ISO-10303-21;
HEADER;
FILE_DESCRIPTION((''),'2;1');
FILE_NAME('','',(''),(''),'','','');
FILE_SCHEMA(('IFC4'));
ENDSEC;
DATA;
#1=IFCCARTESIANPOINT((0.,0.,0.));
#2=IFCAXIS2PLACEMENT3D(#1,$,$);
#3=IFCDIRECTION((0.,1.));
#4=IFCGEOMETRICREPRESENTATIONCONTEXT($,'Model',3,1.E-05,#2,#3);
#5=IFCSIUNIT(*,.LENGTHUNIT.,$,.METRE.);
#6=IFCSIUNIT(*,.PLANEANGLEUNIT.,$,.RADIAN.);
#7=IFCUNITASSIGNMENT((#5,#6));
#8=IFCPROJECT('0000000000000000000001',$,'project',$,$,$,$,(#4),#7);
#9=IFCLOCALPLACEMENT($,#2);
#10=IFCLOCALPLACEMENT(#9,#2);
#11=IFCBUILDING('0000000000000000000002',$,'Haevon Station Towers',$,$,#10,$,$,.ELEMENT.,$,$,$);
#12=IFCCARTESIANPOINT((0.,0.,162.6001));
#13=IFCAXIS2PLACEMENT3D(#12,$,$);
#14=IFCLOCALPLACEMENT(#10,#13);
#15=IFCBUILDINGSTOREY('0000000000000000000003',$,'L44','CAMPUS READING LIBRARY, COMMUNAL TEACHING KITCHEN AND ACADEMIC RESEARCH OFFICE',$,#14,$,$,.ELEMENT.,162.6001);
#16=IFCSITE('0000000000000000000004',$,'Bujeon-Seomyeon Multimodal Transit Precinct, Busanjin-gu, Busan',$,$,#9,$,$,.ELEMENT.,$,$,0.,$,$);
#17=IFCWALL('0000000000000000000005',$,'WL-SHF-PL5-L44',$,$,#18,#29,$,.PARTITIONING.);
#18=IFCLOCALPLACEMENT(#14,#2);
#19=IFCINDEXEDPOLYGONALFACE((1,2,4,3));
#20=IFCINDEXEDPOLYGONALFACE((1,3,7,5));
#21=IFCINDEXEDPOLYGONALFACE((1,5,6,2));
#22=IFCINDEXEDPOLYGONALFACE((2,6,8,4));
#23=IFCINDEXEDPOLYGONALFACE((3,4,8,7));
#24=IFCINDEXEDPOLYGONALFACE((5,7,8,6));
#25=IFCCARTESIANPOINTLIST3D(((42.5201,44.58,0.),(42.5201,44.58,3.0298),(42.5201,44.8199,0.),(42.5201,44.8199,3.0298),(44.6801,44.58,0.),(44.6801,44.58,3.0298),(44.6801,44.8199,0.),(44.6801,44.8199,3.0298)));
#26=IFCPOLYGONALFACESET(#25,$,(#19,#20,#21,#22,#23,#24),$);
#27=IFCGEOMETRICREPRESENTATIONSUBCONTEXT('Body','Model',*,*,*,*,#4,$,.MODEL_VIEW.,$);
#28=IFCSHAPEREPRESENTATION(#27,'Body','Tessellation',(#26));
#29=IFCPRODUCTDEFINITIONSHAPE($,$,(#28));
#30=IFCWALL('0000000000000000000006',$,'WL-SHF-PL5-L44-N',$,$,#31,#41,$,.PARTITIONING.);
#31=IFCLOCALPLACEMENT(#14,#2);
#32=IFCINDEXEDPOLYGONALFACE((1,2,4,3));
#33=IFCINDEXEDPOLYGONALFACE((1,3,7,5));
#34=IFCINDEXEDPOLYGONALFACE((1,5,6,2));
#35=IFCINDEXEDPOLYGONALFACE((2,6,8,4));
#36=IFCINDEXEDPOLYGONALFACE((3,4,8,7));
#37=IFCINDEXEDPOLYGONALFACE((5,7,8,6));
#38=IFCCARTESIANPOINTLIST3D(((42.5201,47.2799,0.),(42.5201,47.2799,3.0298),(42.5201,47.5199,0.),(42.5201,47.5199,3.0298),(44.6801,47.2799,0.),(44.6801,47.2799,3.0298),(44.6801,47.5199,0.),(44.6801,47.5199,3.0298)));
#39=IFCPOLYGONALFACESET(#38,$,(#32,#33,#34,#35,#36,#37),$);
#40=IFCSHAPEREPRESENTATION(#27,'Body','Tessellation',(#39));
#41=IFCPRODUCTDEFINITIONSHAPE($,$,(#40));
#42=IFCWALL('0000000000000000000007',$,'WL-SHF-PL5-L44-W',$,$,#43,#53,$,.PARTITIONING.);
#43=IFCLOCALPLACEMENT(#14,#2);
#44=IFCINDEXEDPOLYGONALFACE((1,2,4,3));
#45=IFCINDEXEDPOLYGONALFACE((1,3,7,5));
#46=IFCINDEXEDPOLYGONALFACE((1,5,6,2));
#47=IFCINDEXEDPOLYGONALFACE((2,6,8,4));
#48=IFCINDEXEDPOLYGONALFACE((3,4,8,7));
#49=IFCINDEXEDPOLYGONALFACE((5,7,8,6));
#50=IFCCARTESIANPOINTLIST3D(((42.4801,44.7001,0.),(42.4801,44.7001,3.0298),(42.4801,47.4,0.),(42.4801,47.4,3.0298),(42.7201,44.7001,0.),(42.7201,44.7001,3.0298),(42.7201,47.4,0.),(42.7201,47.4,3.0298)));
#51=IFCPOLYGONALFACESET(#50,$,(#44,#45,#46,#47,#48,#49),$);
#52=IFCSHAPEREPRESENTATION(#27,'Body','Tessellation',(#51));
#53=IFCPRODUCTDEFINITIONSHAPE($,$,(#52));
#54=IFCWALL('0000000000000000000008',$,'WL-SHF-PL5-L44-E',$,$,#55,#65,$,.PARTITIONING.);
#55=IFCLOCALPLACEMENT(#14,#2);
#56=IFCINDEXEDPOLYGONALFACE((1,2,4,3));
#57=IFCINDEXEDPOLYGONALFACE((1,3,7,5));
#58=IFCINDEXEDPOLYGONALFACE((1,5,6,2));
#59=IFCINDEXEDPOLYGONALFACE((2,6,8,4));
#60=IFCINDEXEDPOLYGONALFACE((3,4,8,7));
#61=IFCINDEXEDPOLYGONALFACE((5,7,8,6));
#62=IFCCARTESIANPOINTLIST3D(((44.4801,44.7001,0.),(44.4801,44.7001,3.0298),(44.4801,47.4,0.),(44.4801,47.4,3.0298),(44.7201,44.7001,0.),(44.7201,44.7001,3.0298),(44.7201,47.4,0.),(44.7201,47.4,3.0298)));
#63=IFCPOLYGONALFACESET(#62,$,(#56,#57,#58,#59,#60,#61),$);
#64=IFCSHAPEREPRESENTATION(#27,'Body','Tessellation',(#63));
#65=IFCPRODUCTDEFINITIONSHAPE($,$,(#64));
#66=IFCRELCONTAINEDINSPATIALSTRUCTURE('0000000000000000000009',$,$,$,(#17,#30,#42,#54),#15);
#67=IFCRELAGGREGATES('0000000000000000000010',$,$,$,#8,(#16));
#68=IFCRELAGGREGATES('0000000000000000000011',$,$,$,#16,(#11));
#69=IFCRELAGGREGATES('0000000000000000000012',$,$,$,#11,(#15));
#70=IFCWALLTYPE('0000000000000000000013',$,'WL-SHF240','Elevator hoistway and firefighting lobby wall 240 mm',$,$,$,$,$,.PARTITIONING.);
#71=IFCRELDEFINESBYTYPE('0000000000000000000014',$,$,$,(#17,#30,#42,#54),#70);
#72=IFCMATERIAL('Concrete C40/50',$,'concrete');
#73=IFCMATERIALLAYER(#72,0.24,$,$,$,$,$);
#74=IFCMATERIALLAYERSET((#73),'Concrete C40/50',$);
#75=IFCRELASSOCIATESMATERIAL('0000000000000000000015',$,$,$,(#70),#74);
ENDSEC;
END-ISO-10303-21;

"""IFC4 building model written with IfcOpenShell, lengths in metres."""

from ifc_helpers import new_model, si_unit, direction, frame, frame_2d, origin, place, context, subcontext, project, spatial, rectangle, extrude, material, layer, layer_set, type_object, element, save


model = new_model("IFC4")

# Units and contexts
model_context = context("Model", 3, precision=1e-05, world=origin(), true_north=direction((0.0, 1.0)))
body_context = subcontext(model_context, "Body", "Model", "MODEL_VIEW")
ifc_project = project(units=[si_unit("LENGTHUNIT", "METRE"), si_unit("PLANEANGLEUNIT", "RADIAN")], contexts=[model_context])

# Site, building, storey
site_placement = place(None, origin())
site = spatial("IfcSite", under=ifc_project, at=site_placement, Name="Bujeon-Seomyeon Multimodal Transit Precinct, Busanjin-gu, Busan", CompositionType="ELEMENT", RefElevation=0.0)
building_placement = place(site_placement, origin())
building = spatial("IfcBuilding", under=site, at=building_placement, Name="Haevon Station Towers", CompositionType="ELEMENT")
storey_placement = place(building_placement, frame((0.0, 0.0, 162.6001)))
storey = spatial("IfcBuildingStorey", under=building, at=storey_placement, Name="L44", Description="CAMPUS READING LIBRARY, COMMUNAL TEACHING KITCHEN AND ACADEMIC RESEARCH OFFICE", CompositionType="ELEMENT", Elevation=162.6001)

# Shared definitions
ifc_material_1 = material(Name="Concrete C40/50", Category="concrete")
ifc_layer_1 = layer(ifc_material_1, 0.24)
ifc_layer_set_1 = layer_set([ifc_layer_1], Name="Concrete C40/50")
wall_type_1 = type_object("IfcWallType", Name="WL-SHF240", Description="Elevator hoistway and firefighting lobby wall 240 mm", PredefinedType="PARTITIONING", material=ifc_layer_set_1)

# Walls
for number, where, z_axis, x_axis, name in (
    (1, (42.52, 44.7, 0.0), (0.0, 0.0, 1.0), (1.0, 0.0, 0.0), "WL-SHF-PL5-L44"),
    (2, (42.52, 47.3999, 0.0), (0.0, 0.0, 1.0), (1.0, 0.0, 0.0), "WL-SHF-PL5-L44-N"),
):
    element("IfcWall", number, at=place(storey_placement, frame(where, z_axis=z_axis, x_axis=x_axis)), inside=storey, type_object=wall_type_1, Name=name, PredefinedType="PARTITIONING", context=body_context, shape_type="SweptSolid", body=[
        extrude(rectangle(XDim=2.1599, YDim=0.24, at=frame_2d((1.0801, 0.0))), origin(), (0.0, 0.0, 1.0), 3.0298),
    ])
for number, where, z_axis, x_axis, name in (
    (3, (42.6001, 44.7, 0.0), (0.0, 0.0, 1.0), (0.0, 1.0, 0.0), "WL-SHF-PL5-L44-W"),
    (4, (44.6001, 44.7, 0.0), (0.0, 0.0, 1.0), (0.0, 1.0, 0.0), "WL-SHF-PL5-L44-E"),
):
    element("IfcWall", number, at=place(storey_placement, frame(where, z_axis=z_axis, x_axis=x_axis)), inside=storey, type_object=wall_type_1, Name=name, PredefinedType="PARTITIONING", context=body_context, shape_type="SweptSolid", body=[
        extrude(rectangle(XDim=2.7, YDim=0.24, at=frame_2d((1.3501, 0.0))), origin(), (0.0, 0.0, 1.0), 3.0298),
    ])

save(model, "model.ifc")
